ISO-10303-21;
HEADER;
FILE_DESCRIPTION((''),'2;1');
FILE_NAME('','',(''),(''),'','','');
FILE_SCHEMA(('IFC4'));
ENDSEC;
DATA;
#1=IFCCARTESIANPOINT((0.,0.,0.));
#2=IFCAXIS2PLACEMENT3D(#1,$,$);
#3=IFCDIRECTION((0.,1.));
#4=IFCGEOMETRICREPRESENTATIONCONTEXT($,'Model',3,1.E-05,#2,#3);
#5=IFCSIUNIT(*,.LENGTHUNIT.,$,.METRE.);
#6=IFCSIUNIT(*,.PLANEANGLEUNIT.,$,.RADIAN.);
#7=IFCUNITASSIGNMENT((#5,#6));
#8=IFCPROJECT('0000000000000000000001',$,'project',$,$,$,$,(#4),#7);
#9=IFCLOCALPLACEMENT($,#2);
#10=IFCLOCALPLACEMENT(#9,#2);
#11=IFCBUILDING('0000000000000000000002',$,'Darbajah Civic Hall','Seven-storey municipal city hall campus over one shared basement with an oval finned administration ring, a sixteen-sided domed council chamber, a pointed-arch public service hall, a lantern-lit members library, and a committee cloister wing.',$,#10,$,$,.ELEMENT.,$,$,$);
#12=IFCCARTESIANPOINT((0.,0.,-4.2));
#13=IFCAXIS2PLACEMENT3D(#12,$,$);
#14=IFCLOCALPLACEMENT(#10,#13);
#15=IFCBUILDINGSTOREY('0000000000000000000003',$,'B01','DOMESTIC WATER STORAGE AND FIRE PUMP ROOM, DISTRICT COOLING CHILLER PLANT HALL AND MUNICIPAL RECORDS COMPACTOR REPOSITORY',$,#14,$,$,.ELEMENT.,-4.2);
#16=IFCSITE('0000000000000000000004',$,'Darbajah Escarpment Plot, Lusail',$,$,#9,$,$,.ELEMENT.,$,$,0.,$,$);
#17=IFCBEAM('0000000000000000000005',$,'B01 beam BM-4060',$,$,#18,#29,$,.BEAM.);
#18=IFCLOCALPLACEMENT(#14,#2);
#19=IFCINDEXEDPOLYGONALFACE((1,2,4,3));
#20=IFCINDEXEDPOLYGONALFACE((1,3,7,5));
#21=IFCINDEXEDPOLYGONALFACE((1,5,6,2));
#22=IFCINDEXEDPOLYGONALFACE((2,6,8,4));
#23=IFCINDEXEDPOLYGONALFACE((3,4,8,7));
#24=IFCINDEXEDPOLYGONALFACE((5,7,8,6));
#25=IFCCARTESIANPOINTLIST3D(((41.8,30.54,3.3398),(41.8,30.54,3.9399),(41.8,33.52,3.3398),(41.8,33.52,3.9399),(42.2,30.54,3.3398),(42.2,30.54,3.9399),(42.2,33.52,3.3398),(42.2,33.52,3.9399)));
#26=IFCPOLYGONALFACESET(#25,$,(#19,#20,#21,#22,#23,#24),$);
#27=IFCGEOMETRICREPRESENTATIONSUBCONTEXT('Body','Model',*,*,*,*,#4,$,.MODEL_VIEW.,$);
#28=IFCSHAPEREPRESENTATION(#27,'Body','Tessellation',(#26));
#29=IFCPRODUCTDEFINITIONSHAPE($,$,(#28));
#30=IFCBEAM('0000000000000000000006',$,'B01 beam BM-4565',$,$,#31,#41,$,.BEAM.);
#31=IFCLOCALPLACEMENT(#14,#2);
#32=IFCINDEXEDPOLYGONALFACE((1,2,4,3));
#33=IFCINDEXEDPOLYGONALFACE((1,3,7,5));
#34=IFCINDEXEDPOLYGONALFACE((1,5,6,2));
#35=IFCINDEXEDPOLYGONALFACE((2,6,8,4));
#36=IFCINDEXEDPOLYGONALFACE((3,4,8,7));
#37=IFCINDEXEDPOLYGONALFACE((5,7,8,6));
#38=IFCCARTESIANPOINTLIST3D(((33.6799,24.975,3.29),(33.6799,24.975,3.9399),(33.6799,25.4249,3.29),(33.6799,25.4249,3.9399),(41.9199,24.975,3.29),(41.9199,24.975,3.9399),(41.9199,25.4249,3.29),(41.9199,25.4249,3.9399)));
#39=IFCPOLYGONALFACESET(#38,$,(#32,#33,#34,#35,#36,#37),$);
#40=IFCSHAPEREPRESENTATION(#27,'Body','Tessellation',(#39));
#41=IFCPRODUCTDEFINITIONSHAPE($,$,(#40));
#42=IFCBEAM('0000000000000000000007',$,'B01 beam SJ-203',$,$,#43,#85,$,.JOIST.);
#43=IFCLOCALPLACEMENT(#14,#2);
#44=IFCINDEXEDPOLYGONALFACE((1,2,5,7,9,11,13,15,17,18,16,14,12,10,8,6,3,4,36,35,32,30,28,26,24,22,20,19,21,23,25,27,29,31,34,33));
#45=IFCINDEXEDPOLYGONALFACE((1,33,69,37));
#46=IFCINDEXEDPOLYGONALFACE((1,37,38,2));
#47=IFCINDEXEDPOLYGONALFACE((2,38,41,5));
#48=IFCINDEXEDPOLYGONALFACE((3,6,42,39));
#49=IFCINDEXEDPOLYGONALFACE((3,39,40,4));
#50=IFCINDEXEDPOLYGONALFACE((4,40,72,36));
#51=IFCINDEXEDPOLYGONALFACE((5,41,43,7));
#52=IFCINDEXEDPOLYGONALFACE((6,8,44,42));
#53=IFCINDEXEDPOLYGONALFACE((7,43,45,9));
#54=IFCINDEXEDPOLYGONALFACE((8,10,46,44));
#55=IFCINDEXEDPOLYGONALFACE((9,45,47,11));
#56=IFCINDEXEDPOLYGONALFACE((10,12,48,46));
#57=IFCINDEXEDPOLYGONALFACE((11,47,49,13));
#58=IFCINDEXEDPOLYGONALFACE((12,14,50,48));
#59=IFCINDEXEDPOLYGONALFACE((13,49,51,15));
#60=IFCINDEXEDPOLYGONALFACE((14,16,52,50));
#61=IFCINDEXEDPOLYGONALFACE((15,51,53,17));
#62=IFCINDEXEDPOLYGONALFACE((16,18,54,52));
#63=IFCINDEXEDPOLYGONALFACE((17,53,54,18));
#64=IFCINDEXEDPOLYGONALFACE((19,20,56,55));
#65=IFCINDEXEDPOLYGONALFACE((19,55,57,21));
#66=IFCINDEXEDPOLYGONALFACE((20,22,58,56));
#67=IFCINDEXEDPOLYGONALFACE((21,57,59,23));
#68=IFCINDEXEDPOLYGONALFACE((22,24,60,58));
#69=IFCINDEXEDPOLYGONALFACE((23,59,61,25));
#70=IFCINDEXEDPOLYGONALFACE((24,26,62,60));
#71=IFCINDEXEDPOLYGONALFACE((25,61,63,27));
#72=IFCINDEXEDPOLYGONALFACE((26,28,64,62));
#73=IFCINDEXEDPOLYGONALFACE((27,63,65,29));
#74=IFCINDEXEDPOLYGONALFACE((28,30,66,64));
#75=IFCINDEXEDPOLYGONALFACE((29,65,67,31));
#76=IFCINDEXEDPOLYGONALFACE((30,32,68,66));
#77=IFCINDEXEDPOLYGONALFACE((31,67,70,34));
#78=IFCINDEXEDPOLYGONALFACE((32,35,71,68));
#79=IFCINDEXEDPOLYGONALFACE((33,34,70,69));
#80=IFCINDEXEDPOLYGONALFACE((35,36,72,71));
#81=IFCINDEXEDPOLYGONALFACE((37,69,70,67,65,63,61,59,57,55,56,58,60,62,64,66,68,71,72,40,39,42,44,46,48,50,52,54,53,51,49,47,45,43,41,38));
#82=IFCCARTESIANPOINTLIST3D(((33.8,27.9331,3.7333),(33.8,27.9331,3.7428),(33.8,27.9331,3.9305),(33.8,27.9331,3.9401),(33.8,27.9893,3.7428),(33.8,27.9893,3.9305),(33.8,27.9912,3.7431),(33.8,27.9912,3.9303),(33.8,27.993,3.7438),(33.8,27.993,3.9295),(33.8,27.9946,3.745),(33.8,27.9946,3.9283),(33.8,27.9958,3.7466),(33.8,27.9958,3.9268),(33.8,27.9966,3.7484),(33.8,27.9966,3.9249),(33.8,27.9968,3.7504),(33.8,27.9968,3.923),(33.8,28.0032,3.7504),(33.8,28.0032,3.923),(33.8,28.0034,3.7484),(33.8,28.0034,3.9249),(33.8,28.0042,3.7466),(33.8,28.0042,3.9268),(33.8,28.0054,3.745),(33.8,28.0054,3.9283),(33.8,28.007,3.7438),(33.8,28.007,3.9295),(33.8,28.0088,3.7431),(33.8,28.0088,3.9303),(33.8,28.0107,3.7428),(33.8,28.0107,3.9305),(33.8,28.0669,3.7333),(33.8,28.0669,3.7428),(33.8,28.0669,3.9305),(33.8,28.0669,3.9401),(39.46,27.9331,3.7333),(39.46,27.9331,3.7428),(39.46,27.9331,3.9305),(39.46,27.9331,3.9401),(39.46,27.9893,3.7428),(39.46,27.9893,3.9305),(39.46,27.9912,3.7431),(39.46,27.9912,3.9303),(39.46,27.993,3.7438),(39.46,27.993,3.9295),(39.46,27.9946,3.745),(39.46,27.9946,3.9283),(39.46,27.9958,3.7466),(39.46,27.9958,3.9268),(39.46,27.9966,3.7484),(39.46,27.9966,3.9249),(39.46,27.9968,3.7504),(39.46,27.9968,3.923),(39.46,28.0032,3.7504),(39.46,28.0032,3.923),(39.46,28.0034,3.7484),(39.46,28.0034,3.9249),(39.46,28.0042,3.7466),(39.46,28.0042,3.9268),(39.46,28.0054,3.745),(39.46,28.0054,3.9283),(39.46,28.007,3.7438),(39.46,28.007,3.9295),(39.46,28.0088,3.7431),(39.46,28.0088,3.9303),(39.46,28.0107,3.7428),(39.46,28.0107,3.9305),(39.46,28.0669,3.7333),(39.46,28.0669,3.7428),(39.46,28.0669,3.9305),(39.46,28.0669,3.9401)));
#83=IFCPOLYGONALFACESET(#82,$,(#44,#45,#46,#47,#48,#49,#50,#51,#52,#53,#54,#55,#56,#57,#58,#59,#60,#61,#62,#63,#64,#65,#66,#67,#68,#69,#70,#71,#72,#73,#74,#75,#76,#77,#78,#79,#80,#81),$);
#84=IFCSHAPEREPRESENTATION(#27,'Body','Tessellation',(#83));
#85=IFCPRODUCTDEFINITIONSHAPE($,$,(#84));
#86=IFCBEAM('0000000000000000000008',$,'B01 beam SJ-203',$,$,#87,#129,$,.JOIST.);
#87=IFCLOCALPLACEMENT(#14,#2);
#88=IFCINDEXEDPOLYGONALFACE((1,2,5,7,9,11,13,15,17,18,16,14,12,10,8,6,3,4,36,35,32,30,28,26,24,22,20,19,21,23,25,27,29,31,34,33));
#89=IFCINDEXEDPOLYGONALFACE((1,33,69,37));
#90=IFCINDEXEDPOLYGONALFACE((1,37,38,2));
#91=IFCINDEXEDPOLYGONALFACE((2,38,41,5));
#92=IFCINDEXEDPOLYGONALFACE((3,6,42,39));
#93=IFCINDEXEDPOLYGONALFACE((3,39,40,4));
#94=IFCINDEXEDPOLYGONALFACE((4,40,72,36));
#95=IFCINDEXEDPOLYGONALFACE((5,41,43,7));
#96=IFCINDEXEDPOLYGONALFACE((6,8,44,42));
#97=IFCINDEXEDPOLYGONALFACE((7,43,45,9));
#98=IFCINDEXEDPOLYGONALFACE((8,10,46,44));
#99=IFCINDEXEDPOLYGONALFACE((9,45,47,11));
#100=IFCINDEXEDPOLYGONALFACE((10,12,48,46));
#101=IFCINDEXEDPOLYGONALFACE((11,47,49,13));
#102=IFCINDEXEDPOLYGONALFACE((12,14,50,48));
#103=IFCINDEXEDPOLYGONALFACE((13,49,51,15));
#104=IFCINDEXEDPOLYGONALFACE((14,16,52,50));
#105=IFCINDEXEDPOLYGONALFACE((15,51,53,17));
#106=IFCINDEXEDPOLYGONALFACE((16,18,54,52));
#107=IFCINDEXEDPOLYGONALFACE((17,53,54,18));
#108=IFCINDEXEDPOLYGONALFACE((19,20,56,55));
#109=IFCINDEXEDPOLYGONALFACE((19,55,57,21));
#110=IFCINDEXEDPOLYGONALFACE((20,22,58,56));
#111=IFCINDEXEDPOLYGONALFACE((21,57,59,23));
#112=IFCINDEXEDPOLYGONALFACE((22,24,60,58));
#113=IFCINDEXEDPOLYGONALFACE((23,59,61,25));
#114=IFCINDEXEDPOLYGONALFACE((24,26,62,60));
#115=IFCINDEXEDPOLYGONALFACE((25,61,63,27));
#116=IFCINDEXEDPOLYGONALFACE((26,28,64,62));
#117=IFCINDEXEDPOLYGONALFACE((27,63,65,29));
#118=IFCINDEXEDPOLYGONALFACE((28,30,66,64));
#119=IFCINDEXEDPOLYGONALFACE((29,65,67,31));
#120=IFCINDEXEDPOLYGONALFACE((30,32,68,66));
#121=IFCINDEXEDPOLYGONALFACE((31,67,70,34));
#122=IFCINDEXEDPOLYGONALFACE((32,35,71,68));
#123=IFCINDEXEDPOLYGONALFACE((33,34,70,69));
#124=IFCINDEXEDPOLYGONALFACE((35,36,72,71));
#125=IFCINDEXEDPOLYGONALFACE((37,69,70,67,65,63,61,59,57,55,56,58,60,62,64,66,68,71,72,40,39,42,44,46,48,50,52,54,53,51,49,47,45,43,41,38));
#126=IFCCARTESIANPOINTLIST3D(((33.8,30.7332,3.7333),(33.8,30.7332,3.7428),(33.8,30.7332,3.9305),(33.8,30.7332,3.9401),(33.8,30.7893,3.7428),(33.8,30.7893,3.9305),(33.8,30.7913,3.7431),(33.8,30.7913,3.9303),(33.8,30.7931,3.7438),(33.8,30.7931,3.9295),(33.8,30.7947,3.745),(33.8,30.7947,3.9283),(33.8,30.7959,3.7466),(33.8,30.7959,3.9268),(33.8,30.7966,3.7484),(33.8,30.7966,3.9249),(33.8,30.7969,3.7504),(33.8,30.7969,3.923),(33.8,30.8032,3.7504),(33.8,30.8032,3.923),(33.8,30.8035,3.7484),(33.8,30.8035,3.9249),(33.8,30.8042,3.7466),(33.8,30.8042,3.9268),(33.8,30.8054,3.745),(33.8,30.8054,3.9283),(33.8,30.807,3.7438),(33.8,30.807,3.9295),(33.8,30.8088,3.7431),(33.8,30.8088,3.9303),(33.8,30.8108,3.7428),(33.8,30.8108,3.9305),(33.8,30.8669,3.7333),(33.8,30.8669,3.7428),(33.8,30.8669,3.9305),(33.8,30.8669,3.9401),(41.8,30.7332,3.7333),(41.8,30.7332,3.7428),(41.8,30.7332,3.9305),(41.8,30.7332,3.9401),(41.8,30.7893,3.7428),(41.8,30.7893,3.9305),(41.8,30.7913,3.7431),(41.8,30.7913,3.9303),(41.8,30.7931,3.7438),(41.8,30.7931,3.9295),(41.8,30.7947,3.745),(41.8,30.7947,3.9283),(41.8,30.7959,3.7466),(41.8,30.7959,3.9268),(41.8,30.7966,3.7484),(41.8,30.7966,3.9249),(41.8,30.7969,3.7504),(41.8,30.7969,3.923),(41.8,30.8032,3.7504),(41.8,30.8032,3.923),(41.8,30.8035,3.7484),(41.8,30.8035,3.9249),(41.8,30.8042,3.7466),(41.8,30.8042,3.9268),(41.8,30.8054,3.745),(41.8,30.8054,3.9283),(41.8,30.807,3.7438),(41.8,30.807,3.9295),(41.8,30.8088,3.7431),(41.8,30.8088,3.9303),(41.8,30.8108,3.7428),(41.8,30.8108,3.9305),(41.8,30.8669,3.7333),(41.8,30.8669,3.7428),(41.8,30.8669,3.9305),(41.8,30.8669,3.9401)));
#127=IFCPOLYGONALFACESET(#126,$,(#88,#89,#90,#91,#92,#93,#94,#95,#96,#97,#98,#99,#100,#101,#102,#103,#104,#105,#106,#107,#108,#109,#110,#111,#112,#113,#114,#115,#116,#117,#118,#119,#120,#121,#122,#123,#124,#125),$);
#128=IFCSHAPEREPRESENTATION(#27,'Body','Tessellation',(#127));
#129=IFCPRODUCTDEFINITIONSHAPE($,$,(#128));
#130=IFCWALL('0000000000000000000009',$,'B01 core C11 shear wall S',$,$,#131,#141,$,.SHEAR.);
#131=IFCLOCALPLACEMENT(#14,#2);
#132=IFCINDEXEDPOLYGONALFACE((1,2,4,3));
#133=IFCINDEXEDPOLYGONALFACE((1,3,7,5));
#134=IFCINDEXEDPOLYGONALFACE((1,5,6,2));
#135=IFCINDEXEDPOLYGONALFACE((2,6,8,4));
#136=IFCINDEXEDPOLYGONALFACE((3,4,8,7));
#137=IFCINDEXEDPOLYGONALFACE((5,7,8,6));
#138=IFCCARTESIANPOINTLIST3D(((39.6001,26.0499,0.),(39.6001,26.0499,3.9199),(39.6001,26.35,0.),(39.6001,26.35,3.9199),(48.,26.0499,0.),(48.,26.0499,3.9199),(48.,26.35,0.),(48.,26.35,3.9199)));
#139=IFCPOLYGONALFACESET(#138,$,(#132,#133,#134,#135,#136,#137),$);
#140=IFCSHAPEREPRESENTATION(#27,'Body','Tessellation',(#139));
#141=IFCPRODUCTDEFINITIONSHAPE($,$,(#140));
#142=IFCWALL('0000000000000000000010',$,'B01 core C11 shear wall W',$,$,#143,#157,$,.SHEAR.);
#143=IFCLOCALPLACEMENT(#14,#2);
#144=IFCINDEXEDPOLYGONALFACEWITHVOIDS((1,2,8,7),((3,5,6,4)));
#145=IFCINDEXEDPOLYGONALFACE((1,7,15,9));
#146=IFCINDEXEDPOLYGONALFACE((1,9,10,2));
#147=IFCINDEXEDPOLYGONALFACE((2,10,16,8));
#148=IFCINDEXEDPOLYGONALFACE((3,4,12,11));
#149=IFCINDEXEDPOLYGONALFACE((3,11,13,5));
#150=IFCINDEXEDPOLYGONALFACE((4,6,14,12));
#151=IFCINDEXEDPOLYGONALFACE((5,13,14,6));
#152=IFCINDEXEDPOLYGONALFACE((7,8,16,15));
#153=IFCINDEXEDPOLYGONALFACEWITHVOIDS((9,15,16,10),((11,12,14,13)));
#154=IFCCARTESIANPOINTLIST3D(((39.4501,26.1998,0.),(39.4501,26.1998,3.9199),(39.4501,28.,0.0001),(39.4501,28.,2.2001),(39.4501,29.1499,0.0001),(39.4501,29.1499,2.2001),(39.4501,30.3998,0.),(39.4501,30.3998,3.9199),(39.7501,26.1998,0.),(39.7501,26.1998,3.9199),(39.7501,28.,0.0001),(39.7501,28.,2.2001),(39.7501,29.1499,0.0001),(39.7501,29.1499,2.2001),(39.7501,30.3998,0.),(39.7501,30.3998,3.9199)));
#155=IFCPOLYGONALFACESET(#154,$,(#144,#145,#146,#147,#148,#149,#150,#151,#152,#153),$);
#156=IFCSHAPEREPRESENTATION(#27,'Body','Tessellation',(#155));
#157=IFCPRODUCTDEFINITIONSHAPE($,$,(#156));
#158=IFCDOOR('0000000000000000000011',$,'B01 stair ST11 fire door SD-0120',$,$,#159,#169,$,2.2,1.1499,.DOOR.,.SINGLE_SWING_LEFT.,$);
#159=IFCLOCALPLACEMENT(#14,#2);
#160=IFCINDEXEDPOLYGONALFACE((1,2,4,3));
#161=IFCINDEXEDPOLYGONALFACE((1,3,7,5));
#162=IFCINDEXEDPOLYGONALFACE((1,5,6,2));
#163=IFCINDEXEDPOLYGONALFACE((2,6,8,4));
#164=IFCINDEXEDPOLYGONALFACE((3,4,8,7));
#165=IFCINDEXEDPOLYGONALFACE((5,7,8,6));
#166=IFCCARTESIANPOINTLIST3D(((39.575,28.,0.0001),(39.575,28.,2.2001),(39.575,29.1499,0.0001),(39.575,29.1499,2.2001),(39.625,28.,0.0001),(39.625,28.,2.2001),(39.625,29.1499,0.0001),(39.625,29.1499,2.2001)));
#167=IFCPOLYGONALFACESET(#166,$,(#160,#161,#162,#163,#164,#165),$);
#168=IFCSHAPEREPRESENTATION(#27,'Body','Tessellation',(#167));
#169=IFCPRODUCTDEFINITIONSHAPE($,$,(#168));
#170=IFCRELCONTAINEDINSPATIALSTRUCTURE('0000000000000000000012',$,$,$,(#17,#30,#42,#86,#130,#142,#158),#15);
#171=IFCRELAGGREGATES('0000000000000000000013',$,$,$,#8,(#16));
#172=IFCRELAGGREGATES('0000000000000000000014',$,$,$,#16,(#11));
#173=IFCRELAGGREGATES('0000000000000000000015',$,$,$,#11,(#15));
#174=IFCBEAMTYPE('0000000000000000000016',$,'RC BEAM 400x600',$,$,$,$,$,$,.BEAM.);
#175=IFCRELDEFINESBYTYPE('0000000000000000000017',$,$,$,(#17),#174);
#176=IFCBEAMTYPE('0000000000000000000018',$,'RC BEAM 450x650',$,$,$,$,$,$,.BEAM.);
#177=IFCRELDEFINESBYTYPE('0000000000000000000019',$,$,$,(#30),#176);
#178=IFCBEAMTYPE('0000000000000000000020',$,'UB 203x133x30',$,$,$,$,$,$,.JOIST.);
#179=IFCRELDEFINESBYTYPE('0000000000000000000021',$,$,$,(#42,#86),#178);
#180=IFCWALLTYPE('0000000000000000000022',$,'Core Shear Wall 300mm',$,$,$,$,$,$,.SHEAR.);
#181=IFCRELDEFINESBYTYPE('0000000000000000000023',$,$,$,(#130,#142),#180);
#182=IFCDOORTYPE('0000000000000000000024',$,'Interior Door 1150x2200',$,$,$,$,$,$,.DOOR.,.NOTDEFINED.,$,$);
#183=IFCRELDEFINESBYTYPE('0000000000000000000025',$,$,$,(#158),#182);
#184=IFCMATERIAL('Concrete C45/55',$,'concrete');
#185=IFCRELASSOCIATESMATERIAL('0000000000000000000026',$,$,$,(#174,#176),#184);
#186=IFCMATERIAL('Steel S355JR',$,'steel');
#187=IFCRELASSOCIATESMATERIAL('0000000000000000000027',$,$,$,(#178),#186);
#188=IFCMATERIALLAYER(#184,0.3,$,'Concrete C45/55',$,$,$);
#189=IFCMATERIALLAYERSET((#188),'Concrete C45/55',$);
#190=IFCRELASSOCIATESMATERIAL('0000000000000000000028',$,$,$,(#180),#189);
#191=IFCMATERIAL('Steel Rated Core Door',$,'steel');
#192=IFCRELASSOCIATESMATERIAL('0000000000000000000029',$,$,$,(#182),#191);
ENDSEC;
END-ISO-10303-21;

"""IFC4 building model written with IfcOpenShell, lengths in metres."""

from ifc_helpers import new_model, si_unit, direction, frame, frame_2d, origin, origin_2d, place, context, subcontext, project, spatial, rectangle, i_section, extrude, material, layer, layer_set, material_profile, profile_set, type_object, element, fill, save


model = new_model("IFC4")

# Units and contexts
model_context = context("Model", 3, precision=1e-05, world=origin(), true_north=direction((0.0, 1.0)))
body_context = subcontext(model_context, "Body", "Model", "MODEL_VIEW")
ifc_project = project(units=[si_unit("LENGTHUNIT", "METRE"), si_unit("PLANEANGLEUNIT", "RADIAN")], contexts=[model_context])

# Site, building, storey
site_placement = place(None, origin())
site = spatial("IfcSite", under=ifc_project, at=site_placement, Name="Darbajah Escarpment Plot, Lusail", CompositionType="ELEMENT", RefElevation=0.0)
building_placement = place(site_placement, origin())
building = spatial("IfcBuilding", under=site, at=building_placement, Name="Darbajah Civic Hall", Description="Seven-storey municipal city hall campus over one shared basement with an oval finned administration ring, a sixteen-sided domed council chamber, a pointed-arch public service hall, a lantern-lit members library, and a committee cloister wing.", CompositionType="ELEMENT")
storey_placement = place(building_placement, frame((0.0, 0.0, -4.2)))
storey = spatial("IfcBuildingStorey", under=building, at=storey_placement, Name="B01", Description="DOMESTIC WATER STORAGE AND FIRE PUMP ROOM, DISTRICT COOLING CHILLER PLANT HALL AND MUNICIPAL RECORDS COMPACTOR REPOSITORY", CompositionType="ELEMENT", Elevation=-4.2)

# Shared definitions
ifc_material_1 = material(Name="Concrete C45/55", Category="concrete")

# Beams
ifc_material_profile_1 = material_profile(ifc_material_1, rectangle(XDim=0.3999, YDim=0.6001, at=origin_2d()), Name="RC BEAM 400x600")
ifc_profile_set_1 = profile_set([ifc_material_profile_1], Name="Concrete C45/55")
beam_type_1 = type_object("IfcBeamType", Name="RC BEAM 400x600", PredefinedType="BEAM", material=ifc_profile_set_1)
beam_1_placement = place(storey_placement, frame((42.0, 30.54, 3.6399), z_axis=(0.0, 1.0, 0.0), x_axis=(-1.0, 0.0, 0.0)))
element("IfcBeam", 1, at=beam_1_placement, inside=storey, type_object=beam_type_1, Name="B01 beam BM-4060", PredefinedType="BEAM", context=body_context, shape_type="SweptSolid", body=[
    extrude(rectangle(XDim=0.3999, YDim=0.6001, at=origin_2d()), origin(), (0.0, 0.0, 1.0), 2.98),
])
ifc_material_profile_2 = material_profile(ifc_material_1, rectangle(XDim=0.45, YDim=0.6499, at=origin_2d()), Name="RC BEAM 450x650")
ifc_profile_set_2 = profile_set([ifc_material_profile_2], Name="Concrete C45/55")
beam_type_2 = type_object("IfcBeamType", Name="RC BEAM 450x650", PredefinedType="BEAM", material=ifc_profile_set_2)
beam_2_placement = place(storey_placement, frame((33.6799, 25.2, 3.615), z_axis=(1.0, 0.0, 0.0), x_axis=(0.0, 1.0, 0.0)))
element("IfcBeam", 2, at=beam_2_placement, inside=storey, type_object=beam_type_2, Name="B01 beam BM-4565", PredefinedType="BEAM", context=body_context, shape_type="SweptSolid", body=[
    extrude(rectangle(XDim=0.45, YDim=0.6499, at=origin_2d()), origin(), (0.0, 0.0, 1.0), 8.24),
])
ifc_material_2 = material(Name="Steel S355JR", Category="steel")
ifc_material_profile_3 = material_profile(ifc_material_2, i_section(OverallWidth=0.1338, OverallDepth=0.2068, WebThickness=0.0063, FlangeThickness=0.0095, FilletRadius=0.0076, at=origin_2d()), Name="UB 203x133x30")
ifc_profile_set_3 = profile_set([ifc_material_profile_3], Name="Steel S355JR")
beam_type_3 = type_object("IfcBeamType", Name="UB 203x133x30", PredefinedType="JOIST", material=ifc_profile_set_3)
beam_3_placement = place(storey_placement, frame((33.8, 28.0, 3.8367), z_axis=(1.0, 0.0, 0.0), x_axis=(0.0, 1.0, 0.0)))
element("IfcBeam", 3, at=beam_3_placement, inside=storey, type_object=beam_type_3, Name="B01 beam SJ-203", PredefinedType="JOIST", context=body_context, shape_type="SweptSolid", body=[
    extrude(i_section(OverallWidth=0.1338, OverallDepth=0.2068, WebThickness=0.0063, FlangeThickness=0.0095, FilletRadius=0.0076, at=origin_2d()), origin(), (0.0, 0.0, 1.0), 5.6599),
])
beam_4_placement = place(storey_placement, frame((33.8, 30.8, 3.8367), z_axis=(1.0, 0.0, 0.0), x_axis=(0.0, 1.0, 0.0)))
element("IfcBeam", 4, at=beam_4_placement, inside=storey, type_object=beam_type_3, Name="B01 beam SJ-203", PredefinedType="JOIST", context=body_context, shape_type="SweptSolid", body=[
    extrude(i_section(OverallWidth=0.1338, OverallDepth=0.2068, WebThickness=0.0063, FlangeThickness=0.0095, FilletRadius=0.0076, at=origin_2d()), origin(), (0.0, 0.0, 1.0), 8.0),
])

# Wall
ifc_layer_1 = layer(ifc_material_1, 0.3, Name="Concrete C45/55")
ifc_layer_set_1 = layer_set([ifc_layer_1], Name="Concrete C45/55")
wall_type_1 = type_object("IfcWallType", Name="Core Shear Wall 300mm", PredefinedType="SHEAR", material=ifc_layer_set_1)
wall_1_placement = place(storey_placement, frame((39.6001, 26.2, 0.0), z_axis=(0.0, 0.0, 1.0), x_axis=(1.0, 0.0, 0.0)))
element("IfcWall", 5, at=wall_1_placement, inside=storey, type_object=wall_type_1, Name="B01 core C11 shear wall S", PredefinedType="SHEAR", context=body_context, shape_type="SweptSolid", body=[
    extrude(rectangle(XDim=8.3999, YDim=0.3, at=frame_2d((4.2, 0.0))), origin(), (0.0, 0.0, 1.0), 3.9199),
])

# Wall, opening, door
wall_2_placement = place(storey_placement, frame((39.6001, 30.3999, 0.0), z_axis=(0.0, 0.0, 1.0), x_axis=(0.0, -1.0, 0.0)))
wall_2 = element("IfcWall", 6, at=wall_2_placement, inside=storey, type_object=wall_type_1, Name="B01 core C11 shear wall W", PredefinedType="SHEAR", context=body_context, shape_type="SweptSolid", body=[
    extrude(rectangle(XDim=4.2, YDim=0.3, at=frame_2d((2.1001, 0.0))), origin(), (0.0, 0.0, 1.0), 3.9199),
])
opening_1_placement = place(wall_2_placement, frame((1.25, 0.0, 0.0)))
opening_1 = element("IfcOpeningElement", 7, at=opening_1_placement, cuts=wall_2, PredefinedType="OPENING", context=body_context, shape_type="SweptSolid", body=[
    extrude(rectangle(XDim=1.1499, YDim=2.2, at=frame_2d((0.575, 1.1001))), frame((0.0, 0.1599, 0.0), z_axis=(0.0, -1.0, 0.0), x_axis=(1.0, 0.0, 0.0)), (0.0, 0.0, 1.0), 0.3201),
])
ifc_material_3 = material(Name="Steel Rated Core Door", Category="steel")
door_type_1 = type_object("IfcDoorType", Name="Interior Door 1150x2200", OperationType="NOTDEFINED", PredefinedType="DOOR", material=ifc_material_3)
door_1_placement = place(opening_1_placement, origin())
door_1 = element("IfcDoor", 8, at=door_1_placement, inside=storey, type_object=door_type_1, Name="B01 stair ST11 fire door SD-0120", OperationType="SINGLE_SWING_LEFT", OverallHeight=2.2, OverallWidth=1.1499, PredefinedType="DOOR", context=body_context, shape_type="SweptSolid", body=[
    extrude(rectangle(XDim=1.1499, YDim=2.2, at=frame_2d((0.575, 1.1001))), frame((0.0, 0.0249, 0.0), z_axis=(0.0, -1.0, 0.0), x_axis=(1.0, 0.0, 0.0)), (0.0, 0.0, 1.0), 0.05),
])
fill(opening_1, door_1)

save(model, "model.ifc")
